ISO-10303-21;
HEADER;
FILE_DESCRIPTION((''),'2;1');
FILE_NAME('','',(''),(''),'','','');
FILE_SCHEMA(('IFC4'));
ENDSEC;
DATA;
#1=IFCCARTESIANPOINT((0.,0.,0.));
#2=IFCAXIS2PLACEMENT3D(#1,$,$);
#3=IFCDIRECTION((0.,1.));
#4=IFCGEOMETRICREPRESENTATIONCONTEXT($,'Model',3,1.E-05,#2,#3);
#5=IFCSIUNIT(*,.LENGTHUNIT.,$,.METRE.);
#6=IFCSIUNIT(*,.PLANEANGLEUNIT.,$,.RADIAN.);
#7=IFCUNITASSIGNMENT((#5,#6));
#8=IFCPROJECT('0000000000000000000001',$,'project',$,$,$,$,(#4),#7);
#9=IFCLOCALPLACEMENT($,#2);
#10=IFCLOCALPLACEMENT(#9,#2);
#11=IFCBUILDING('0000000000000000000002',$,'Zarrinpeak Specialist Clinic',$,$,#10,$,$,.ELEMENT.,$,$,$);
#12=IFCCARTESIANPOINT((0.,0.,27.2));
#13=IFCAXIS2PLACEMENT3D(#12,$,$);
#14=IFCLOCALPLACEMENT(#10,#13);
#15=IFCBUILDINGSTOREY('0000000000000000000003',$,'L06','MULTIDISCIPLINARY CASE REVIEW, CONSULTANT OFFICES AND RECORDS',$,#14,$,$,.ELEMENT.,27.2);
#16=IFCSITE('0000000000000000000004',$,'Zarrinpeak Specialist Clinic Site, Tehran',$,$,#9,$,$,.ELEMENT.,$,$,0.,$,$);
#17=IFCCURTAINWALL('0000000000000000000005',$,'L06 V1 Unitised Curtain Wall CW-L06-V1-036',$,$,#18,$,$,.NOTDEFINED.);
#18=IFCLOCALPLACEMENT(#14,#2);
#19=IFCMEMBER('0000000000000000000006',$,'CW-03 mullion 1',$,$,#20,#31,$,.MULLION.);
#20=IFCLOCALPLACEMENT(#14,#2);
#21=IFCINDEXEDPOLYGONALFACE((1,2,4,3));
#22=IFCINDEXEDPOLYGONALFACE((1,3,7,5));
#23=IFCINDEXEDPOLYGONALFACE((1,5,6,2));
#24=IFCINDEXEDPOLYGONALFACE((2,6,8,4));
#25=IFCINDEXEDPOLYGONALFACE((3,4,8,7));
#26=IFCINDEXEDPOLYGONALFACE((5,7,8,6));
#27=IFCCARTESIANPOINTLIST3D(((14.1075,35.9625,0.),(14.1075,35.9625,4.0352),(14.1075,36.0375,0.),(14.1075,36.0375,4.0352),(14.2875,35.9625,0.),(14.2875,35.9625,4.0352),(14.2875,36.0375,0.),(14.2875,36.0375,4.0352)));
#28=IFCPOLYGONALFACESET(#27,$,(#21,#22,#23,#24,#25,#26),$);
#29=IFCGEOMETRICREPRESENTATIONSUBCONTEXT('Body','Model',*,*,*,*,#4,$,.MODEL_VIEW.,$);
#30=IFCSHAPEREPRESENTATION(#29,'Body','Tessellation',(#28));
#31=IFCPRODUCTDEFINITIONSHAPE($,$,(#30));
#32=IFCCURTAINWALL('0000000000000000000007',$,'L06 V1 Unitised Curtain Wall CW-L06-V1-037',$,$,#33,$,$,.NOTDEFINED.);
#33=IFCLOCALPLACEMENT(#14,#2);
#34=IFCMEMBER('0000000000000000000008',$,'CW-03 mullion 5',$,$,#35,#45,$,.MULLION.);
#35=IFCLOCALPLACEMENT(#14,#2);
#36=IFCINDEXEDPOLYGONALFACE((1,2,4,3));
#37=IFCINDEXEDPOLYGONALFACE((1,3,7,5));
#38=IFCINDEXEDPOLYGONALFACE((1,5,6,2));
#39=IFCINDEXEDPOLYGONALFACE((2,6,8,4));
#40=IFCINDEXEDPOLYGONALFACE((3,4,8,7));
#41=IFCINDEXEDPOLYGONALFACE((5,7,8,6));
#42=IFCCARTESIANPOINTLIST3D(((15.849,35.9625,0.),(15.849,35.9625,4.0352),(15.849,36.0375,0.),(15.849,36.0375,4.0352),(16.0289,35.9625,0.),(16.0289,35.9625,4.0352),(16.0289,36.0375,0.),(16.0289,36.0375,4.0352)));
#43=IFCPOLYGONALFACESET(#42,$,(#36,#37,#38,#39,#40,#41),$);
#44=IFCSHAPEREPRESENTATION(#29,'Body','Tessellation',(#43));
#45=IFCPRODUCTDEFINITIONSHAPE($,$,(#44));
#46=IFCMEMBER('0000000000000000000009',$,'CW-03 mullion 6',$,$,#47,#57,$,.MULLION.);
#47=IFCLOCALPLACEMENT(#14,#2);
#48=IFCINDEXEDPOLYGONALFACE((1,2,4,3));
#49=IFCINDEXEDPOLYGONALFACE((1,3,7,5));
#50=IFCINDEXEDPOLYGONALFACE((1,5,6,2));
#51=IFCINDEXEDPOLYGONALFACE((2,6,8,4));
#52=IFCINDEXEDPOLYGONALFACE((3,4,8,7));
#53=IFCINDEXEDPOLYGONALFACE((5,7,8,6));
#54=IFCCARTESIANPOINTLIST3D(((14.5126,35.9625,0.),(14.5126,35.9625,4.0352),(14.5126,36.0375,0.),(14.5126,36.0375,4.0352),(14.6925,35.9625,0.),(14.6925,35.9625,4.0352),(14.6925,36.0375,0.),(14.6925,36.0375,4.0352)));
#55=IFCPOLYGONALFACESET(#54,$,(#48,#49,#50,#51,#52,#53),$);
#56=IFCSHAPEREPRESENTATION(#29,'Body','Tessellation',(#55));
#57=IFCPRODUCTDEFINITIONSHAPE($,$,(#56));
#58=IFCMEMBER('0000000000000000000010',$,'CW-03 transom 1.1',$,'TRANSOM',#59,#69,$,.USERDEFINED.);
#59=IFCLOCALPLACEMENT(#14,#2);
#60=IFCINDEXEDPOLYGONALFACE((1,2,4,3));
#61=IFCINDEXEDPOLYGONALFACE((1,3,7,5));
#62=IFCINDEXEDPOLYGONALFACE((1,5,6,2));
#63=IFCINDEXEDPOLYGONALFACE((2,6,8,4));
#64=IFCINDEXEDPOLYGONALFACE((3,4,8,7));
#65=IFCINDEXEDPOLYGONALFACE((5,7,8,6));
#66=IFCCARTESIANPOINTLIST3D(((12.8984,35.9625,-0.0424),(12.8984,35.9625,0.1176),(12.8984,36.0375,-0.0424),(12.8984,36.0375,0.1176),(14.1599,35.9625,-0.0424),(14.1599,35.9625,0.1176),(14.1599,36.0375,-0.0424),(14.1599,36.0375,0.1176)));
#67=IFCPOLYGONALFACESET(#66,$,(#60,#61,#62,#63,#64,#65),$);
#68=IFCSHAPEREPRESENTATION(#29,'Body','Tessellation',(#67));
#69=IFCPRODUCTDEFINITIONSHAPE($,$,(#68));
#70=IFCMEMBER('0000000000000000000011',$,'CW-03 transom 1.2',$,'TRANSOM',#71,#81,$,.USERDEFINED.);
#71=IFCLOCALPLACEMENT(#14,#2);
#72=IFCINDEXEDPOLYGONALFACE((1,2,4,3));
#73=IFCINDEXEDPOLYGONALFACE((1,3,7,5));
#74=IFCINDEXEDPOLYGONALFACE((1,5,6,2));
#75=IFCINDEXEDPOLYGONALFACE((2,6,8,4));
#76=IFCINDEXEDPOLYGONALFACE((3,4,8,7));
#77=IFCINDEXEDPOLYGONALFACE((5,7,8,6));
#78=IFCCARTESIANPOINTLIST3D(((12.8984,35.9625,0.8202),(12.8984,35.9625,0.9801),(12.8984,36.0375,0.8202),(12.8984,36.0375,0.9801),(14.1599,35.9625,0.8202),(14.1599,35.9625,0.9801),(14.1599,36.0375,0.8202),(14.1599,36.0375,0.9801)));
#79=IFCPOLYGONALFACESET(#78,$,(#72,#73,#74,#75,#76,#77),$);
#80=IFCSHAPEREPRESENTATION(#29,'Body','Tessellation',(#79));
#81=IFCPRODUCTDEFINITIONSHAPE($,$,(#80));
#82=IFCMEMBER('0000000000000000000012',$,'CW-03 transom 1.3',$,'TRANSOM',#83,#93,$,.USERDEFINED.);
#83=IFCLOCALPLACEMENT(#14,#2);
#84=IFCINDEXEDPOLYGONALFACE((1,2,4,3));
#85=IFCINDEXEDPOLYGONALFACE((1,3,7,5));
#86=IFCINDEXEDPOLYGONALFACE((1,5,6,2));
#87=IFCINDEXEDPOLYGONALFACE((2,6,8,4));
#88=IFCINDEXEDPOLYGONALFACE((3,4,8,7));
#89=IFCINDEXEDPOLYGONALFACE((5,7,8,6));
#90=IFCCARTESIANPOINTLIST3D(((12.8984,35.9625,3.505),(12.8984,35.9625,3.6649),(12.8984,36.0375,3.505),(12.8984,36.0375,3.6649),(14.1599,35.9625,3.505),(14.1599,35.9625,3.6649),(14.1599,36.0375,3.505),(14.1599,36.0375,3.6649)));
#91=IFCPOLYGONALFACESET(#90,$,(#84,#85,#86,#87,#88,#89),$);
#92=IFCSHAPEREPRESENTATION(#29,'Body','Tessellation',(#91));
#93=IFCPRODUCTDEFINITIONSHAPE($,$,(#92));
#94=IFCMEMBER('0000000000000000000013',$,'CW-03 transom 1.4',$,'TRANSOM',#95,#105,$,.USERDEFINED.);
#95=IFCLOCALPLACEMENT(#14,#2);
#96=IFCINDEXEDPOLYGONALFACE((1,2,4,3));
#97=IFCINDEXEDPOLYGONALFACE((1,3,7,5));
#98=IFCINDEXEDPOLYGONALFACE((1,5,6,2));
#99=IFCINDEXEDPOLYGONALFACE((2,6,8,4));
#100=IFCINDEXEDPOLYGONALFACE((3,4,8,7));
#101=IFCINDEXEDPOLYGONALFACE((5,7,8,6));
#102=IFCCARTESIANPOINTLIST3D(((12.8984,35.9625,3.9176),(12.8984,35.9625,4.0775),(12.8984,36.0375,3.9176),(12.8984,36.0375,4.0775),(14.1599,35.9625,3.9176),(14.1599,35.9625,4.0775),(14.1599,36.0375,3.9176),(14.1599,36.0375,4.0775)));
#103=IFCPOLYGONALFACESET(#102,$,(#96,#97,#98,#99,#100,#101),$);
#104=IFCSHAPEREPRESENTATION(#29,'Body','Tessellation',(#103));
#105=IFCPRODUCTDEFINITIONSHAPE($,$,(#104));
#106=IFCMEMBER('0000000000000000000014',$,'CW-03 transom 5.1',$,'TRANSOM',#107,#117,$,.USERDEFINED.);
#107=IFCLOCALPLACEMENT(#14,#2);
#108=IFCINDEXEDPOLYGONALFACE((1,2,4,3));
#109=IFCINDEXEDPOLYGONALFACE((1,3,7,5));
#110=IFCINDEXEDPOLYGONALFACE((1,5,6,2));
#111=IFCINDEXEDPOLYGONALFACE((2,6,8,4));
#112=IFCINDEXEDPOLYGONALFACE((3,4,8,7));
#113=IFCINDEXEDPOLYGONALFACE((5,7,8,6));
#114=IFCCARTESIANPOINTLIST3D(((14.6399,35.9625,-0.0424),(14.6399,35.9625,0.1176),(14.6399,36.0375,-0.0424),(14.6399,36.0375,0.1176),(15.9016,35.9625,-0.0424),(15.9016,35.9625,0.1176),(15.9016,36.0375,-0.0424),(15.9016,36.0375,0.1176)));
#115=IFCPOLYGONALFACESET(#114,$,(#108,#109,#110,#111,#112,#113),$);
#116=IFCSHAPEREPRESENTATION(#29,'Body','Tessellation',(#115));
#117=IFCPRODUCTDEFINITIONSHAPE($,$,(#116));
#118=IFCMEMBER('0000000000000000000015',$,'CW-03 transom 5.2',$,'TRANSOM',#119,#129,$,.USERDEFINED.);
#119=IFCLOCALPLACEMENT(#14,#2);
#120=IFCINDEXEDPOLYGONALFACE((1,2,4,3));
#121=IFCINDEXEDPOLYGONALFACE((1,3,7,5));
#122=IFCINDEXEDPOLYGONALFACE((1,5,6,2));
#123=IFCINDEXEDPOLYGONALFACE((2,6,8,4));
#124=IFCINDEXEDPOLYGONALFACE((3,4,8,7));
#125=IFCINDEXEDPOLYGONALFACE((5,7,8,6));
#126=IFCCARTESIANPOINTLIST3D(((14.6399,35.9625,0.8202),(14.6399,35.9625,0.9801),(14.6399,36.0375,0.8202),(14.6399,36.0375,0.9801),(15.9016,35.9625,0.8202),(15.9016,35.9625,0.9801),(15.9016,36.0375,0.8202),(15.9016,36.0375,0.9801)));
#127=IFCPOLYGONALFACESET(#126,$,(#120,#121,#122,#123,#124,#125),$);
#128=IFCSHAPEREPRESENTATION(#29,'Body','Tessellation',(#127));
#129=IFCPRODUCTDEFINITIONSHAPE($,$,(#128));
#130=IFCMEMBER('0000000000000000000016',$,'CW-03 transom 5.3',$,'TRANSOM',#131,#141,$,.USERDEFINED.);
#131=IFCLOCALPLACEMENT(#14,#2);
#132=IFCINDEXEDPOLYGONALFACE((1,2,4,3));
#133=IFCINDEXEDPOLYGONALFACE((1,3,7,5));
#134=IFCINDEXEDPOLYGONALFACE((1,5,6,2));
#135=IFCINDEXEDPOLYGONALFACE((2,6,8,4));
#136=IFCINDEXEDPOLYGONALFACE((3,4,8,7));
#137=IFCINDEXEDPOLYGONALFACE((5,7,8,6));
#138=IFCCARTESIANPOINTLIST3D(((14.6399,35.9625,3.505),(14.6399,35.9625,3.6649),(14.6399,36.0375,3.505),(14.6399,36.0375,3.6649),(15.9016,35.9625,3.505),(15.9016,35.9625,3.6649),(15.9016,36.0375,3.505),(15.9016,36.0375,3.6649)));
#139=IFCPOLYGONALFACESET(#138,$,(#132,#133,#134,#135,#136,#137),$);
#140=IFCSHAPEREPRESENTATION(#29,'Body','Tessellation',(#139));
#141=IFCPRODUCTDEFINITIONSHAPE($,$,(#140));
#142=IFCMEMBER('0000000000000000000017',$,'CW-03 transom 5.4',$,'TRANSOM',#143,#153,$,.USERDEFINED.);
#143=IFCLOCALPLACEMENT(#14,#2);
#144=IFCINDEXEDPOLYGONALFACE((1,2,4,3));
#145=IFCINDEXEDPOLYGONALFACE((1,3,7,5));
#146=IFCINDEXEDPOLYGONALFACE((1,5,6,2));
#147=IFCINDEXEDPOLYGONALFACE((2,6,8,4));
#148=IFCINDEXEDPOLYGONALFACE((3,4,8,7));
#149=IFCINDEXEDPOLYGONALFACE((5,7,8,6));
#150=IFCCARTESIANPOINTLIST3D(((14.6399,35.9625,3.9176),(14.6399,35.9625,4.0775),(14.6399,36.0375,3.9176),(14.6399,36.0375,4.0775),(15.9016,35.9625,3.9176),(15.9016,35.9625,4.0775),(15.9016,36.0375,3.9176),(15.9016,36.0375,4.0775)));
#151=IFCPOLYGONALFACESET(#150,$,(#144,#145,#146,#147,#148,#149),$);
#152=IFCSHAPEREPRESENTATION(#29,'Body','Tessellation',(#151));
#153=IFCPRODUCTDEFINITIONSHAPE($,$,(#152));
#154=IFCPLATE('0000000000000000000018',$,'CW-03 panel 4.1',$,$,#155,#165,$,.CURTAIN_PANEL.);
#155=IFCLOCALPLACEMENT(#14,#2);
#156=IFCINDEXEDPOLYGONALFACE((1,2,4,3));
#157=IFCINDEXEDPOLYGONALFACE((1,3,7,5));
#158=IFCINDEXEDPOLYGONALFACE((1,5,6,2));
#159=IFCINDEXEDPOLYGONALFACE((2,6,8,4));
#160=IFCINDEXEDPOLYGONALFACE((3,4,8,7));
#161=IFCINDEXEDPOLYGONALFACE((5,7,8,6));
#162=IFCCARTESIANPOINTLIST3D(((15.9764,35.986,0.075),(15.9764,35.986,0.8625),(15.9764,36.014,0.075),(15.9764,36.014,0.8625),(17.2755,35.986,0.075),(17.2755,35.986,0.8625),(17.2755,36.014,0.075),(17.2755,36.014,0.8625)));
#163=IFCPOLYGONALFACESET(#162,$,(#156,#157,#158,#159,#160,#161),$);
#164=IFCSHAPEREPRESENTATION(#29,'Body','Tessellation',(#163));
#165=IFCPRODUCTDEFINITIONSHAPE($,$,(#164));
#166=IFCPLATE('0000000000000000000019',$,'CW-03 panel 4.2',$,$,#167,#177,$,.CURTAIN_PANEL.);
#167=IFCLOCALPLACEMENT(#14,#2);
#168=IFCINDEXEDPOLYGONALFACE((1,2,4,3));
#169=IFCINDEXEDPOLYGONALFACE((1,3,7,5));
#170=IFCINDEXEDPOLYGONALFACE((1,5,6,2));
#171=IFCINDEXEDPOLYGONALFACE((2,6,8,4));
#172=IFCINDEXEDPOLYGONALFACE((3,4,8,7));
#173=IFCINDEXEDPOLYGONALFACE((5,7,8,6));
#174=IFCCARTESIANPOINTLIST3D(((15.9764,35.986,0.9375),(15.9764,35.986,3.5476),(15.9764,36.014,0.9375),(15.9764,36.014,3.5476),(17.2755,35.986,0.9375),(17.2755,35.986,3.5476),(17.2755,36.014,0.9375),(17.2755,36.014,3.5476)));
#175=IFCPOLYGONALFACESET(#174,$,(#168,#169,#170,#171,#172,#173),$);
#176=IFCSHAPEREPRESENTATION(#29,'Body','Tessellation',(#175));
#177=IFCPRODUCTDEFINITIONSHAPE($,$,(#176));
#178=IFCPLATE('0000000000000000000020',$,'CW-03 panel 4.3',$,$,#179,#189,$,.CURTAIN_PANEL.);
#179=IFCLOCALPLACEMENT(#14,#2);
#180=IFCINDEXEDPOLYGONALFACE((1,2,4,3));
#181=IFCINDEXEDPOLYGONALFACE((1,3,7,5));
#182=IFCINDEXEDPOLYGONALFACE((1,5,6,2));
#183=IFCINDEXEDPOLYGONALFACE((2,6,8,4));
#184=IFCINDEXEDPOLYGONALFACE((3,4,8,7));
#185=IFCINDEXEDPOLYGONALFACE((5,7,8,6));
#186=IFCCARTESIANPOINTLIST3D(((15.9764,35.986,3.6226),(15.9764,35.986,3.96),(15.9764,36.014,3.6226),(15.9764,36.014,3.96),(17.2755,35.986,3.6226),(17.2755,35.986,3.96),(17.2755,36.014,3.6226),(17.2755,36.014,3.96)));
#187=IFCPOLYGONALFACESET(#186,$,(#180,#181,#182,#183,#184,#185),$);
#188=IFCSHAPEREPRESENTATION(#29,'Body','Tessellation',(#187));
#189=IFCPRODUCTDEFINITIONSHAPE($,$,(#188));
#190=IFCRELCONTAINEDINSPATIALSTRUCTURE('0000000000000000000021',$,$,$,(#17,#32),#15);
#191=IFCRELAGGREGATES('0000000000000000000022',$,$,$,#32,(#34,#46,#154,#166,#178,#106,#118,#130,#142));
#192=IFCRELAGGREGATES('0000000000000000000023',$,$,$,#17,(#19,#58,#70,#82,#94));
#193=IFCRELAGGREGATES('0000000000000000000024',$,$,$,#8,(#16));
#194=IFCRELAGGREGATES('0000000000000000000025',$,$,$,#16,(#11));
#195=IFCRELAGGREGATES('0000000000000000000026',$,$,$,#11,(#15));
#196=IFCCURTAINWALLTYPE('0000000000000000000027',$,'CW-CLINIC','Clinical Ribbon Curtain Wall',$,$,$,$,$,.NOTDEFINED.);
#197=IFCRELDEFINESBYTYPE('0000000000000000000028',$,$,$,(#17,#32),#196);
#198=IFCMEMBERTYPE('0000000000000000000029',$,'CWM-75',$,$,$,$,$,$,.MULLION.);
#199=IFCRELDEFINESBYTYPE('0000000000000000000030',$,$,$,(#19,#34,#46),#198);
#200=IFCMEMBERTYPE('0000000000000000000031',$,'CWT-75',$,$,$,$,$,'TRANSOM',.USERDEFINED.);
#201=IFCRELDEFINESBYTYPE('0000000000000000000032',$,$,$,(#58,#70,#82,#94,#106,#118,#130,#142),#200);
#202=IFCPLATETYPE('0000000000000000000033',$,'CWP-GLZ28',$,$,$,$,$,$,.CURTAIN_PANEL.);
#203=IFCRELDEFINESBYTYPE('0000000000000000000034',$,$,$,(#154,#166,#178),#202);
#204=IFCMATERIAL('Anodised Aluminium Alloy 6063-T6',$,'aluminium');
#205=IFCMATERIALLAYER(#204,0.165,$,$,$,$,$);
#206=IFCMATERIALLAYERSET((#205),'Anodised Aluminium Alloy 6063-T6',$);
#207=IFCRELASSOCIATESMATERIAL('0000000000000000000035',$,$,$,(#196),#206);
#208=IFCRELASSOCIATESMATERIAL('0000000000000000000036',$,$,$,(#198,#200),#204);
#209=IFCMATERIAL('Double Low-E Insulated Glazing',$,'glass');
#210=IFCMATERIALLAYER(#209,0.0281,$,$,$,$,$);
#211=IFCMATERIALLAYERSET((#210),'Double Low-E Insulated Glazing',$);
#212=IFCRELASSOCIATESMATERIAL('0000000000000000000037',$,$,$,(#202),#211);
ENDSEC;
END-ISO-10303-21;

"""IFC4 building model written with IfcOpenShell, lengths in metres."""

from ifc_helpers import new_model, si_unit, direction, frame, origin, origin_2d, place, context, subcontext, project, spatial, rectangle, extrude, material, layer, layer_set, material_profile, profile_set, type_object, element, aggregate, save


model = new_model("IFC4")

# Units and contexts
model_context = context("Model", 3, precision=1e-05, world=origin(), true_north=direction((0.0, 1.0)))
body_context = subcontext(model_context, "Body", "Model", "MODEL_VIEW")
ifc_project = project(units=[si_unit("LENGTHUNIT", "METRE"), si_unit("PLANEANGLEUNIT", "RADIAN")], contexts=[model_context])

# Site, building, storey
site_placement = place(None, origin())
site = spatial("IfcSite", under=ifc_project, at=site_placement, Name="Zarrinpeak Specialist Clinic Site, Tehran", CompositionType="ELEMENT", RefElevation=0.0)
building_placement = place(site_placement, origin())
building = spatial("IfcBuilding", under=site, at=building_placement, Name="Zarrinpeak Specialist Clinic", CompositionType="ELEMENT")
storey_placement = place(building_placement, frame((0.0, 0.0, 27.2)))
storey = spatial("IfcBuildingStorey", under=building, at=storey_placement, Name="L06", Description="MULTIDISCIPLINARY CASE REVIEW, CONSULTANT OFFICES AND RECORDS", CompositionType="ELEMENT", Elevation=27.2)

# Curtain wall, member
ifc_material_1 = material(Name="Anodised Aluminium Alloy 6063-T6", Category="aluminium")
ifc_layer_1 = layer(ifc_material_1, 0.165)
ifc_layer_set_1 = layer_set([ifc_layer_1], Name="Anodised Aluminium Alloy 6063-T6")
curtain_wall_type = type_object("IfcCurtainWallType", Name="CW-CLINIC", Description="Clinical Ribbon Curtain Wall", PredefinedType="NOTDEFINED", material=ifc_layer_set_1)
curtain_wall_1_placement = place(storey_placement, origin())
curtain_wall_1 = element("IfcCurtainWall", 1, at=curtain_wall_1_placement, inside=storey, type_object=curtain_wall_type, Name="L06 V1 Unitised Curtain Wall CW-L06-V1-036", PredefinedType="NOTDEFINED")
ifc_material_profile_1 = material_profile(ifc_material_1, rectangle(XDim=0.075, YDim=0.1799, at=origin_2d()), Name="ALU 75x180")
ifc_profile_set_1 = profile_set([ifc_material_profile_1], Name="Anodised Aluminium Alloy 6063-T6")
member_type_1 = type_object("IfcMemberType", Name="CWM-75", PredefinedType="MULLION", material=ifc_profile_set_1)
member_1_placement = place(storey_placement, frame((14.1975, 36.0, 0.0), z_axis=(0.0, 0.0, 1.0), x_axis=(0.0, -1.0, 0.0)))
member_1 = element("IfcMember", 2, at=member_1_placement, type_object=member_type_1, Name="CW-03 mullion 1", PredefinedType="MULLION", context=body_context, shape_type="SweptSolid", body=[
    extrude(rectangle(XDim=0.075, YDim=0.1799, at=origin_2d()), origin(), (0.0, 0.0, 1.0), 4.0352),
])

# Curtain wall, members
curtain_wall_2_placement = place(storey_placement, origin())
curtain_wall_2 = element("IfcCurtainWall", 3, at=curtain_wall_2_placement, inside=storey, type_object=curtain_wall_type, Name="L06 V1 Unitised Curtain Wall CW-L06-V1-037", PredefinedType="NOTDEFINED")
member_2_placement = place(storey_placement, frame((15.939, 36.0, 0.0), z_axis=(0.0, 0.0, 1.0), x_axis=(0.0, -1.0, 0.0)))
member_2 = element("IfcMember", 4, at=member_2_placement, type_object=member_type_1, Name="CW-03 mullion 5", PredefinedType="MULLION", context=body_context, shape_type="SweptSolid", body=[
    extrude(rectangle(XDim=0.075, YDim=0.1799, at=origin_2d()), origin(), (0.0, 0.0, 1.0), 4.0352),
])
member_3_placement = place(storey_placement, frame((14.6025, 36.0, 0.0), z_axis=(0.0, 0.0, 1.0), x_axis=(0.0, -1.0, 0.0)))
member_3 = element("IfcMember", 5, at=member_3_placement, type_object=member_type_1, Name="CW-03 mullion 6", PredefinedType="MULLION", context=body_context, shape_type="SweptSolid", body=[
    extrude(rectangle(XDim=0.075, YDim=0.1799, at=origin_2d()), origin(), (0.0, 0.0, 1.0), 4.0352),
])

# Members
ifc_material_profile_2 = material_profile(ifc_material_1, rectangle(XDim=0.075, YDim=0.1599, at=origin_2d()), Name="ALU 75x160")
ifc_profile_set_2 = profile_set([ifc_material_profile_2], Name="Anodised Aluminium Alloy 6063-T6")
member_type_2 = type_object("IfcMemberType", Name="CWT-75", ElementType="TRANSOM", PredefinedType="USERDEFINED", material=ifc_profile_set_2)
member_4_placement = place(storey_placement, frame((14.1599, 36.0, 0.0376), z_axis=(-1.0, 0.0, 0.0), x_axis=(0.0, -1.0, 0.0)))
member_4 = element("IfcMember", 6, at=member_4_placement, type_object=member_type_2, Name="CW-03 transom 1.1", ObjectType="TRANSOM", PredefinedType="USERDEFINED", context=body_context, shape_type="SweptSolid", body=[
    extrude(rectangle(XDim=0.075, YDim=0.1599, at=origin_2d()), origin(), (0.0, 0.0, 1.0), 1.2615),
])
member_5_placement = place(storey_placement, frame((14.1599, 36.0, 0.9001), z_axis=(-1.0, 0.0, 0.0), x_axis=(0.0, -1.0, 0.0)))
member_5 = element("IfcMember", 7, at=member_5_placement, type_object=member_type_2, Name="CW-03 transom 1.2", ObjectType="TRANSOM", PredefinedType="USERDEFINED", context=body_context, shape_type="SweptSolid", body=[
    extrude(rectangle(XDim=0.075, YDim=0.1599, at=origin_2d()), origin(), (0.0, 0.0, 1.0), 1.2615),
])
member_6_placement = place(storey_placement, frame((14.1599, 36.0, 3.585), z_axis=(-1.0, 0.0, 0.0), x_axis=(0.0, -1.0, 0.0)))
member_6 = element("IfcMember", 8, at=member_6_placement, type_object=member_type_2, Name="CW-03 transom 1.3", ObjectType="TRANSOM", PredefinedType="USERDEFINED", context=body_context, shape_type="SweptSolid", body=[
    extrude(rectangle(XDim=0.075, YDim=0.1599, at=origin_2d()), origin(), (0.0, 0.0, 1.0), 1.2615),
])
member_7_placement = place(storey_placement, frame((14.1599, 36.0, 3.9976), z_axis=(-1.0, 0.0, 0.0), x_axis=(0.0, -1.0, 0.0)))
member_7 = element("IfcMember", 9, at=member_7_placement, type_object=member_type_2, Name="CW-03 transom 1.4", ObjectType="TRANSOM", PredefinedType="USERDEFINED", context=body_context, shape_type="SweptSolid", body=[
    extrude(rectangle(XDim=0.075, YDim=0.1599, at=origin_2d()), origin(), (0.0, 0.0, 1.0), 1.2615),
])
member_8_placement = place(storey_placement, frame((15.9016, 36.0, 0.0376), z_axis=(-1.0, 0.0, 0.0), x_axis=(0.0, -1.0, 0.0)))
member_8 = element("IfcMember", 10, at=member_8_placement, type_object=member_type_2, Name="CW-03 transom 5.1", ObjectType="TRANSOM", PredefinedType="USERDEFINED", context=body_context, shape_type="SweptSolid", body=[
    extrude(rectangle(XDim=0.075, YDim=0.1599, at=origin_2d()), origin(), (0.0, 0.0, 1.0), 1.2617),
])
member_9_placement = place(storey_placement, frame((15.9016, 36.0, 0.9001), z_axis=(-1.0, 0.0, 0.0), x_axis=(0.0, -1.0, 0.0)))
member_9 = element("IfcMember", 11, at=member_9_placement, type_object=member_type_2, Name="CW-03 transom 5.2", ObjectType="TRANSOM", PredefinedType="USERDEFINED", context=body_context, shape_type="SweptSolid", body=[
    extrude(rectangle(XDim=0.075, YDim=0.1599, at=origin_2d()), origin(), (0.0, 0.0, 1.0), 1.2617),
])
member_10_placement = place(storey_placement, frame((15.9016, 36.0, 3.585), z_axis=(-1.0, 0.0, 0.0), x_axis=(0.0, -1.0, 0.0)))
member_10 = element("IfcMember", 12, at=member_10_placement, type_object=member_type_2, Name="CW-03 transom 5.3", ObjectType="TRANSOM", PredefinedType="USERDEFINED", context=body_context, shape_type="SweptSolid", body=[
    extrude(rectangle(XDim=0.075, YDim=0.1599, at=origin_2d()), origin(), (0.0, 0.0, 1.0), 1.2617),
])
member_11_placement = place(storey_placement, frame((15.9016, 36.0, 3.9976), z_axis=(-1.0, 0.0, 0.0), x_axis=(0.0, -1.0, 0.0)))
member_11 = element("IfcMember", 13, at=member_11_placement, type_object=member_type_2, Name="CW-03 transom 5.4", ObjectType="TRANSOM", PredefinedType="USERDEFINED", context=body_context, shape_type="SweptSolid", body=[
    extrude(rectangle(XDim=0.075, YDim=0.1599, at=origin_2d()), origin(), (0.0, 0.0, 1.0), 1.2617),
])

# Plates
ifc_material_2 = material(Name="Double Low-E Insulated Glazing", Category="glass")
ifc_layer_2 = layer(ifc_material_2, 0.0281)
ifc_layer_set_2 = layer_set([ifc_layer_2], Name="Double Low-E Insulated Glazing")
plate_type_1 = type_object("IfcPlateType", Name="CWP-GLZ28", PredefinedType="CURTAIN_PANEL", material=ifc_layer_set_2)
plate_1_placement = place(storey_placement, frame((16.626, 36.0, 0.075), z_axis=(0.0, 0.0, 1.0), x_axis=(-1.0, 0.0, 0.0)))
plate_1 = element("IfcPlate", 14, at=plate_1_placement, type_object=plate_type_1, Name="CW-03 panel 4.1", PredefinedType="CURTAIN_PANEL", context=body_context, shape_type="SweptSolid", body=[
    extrude(rectangle(XDim=1.2991, YDim=0.0281, at=origin_2d()), origin(), (0.0, 0.0, 1.0), 0.7876),
])
plate_2_placement = place(storey_placement, frame((16.626, 36.0, 0.9375), z_axis=(0.0, 0.0, 1.0), x_axis=(-1.0, 0.0, 0.0)))
plate_2 = element("IfcPlate", 15, at=plate_2_placement, type_object=plate_type_1, Name="CW-03 panel 4.2", PredefinedType="CURTAIN_PANEL", context=body_context, shape_type="SweptSolid", body=[
    extrude(rectangle(XDim=1.2991, YDim=0.0281, at=origin_2d()), origin(), (0.0, 0.0, 1.0), 2.6101),
])
plate_3_placement = place(storey_placement, frame((16.626, 36.0, 3.6226), z_axis=(0.0, 0.0, 1.0), x_axis=(-1.0, 0.0, 0.0)))
plate_3 = element("IfcPlate", 16, at=plate_3_placement, type_object=plate_type_1, Name="CW-03 panel 4.3", PredefinedType="CURTAIN_PANEL", context=body_context, shape_type="SweptSolid", body=[
    extrude(rectangle(XDim=1.2991, YDim=0.0281, at=origin_2d()), origin(), (0.0, 0.0, 1.0), 0.3374),
])
aggregate(curtain_wall_2, [member_2, member_3, plate_1, plate_2, plate_3, member_8, member_9, member_10, member_11])
aggregate(curtain_wall_1, [member_1, member_4, member_5, member_6, member_7])

save(model, "model.ifc")
